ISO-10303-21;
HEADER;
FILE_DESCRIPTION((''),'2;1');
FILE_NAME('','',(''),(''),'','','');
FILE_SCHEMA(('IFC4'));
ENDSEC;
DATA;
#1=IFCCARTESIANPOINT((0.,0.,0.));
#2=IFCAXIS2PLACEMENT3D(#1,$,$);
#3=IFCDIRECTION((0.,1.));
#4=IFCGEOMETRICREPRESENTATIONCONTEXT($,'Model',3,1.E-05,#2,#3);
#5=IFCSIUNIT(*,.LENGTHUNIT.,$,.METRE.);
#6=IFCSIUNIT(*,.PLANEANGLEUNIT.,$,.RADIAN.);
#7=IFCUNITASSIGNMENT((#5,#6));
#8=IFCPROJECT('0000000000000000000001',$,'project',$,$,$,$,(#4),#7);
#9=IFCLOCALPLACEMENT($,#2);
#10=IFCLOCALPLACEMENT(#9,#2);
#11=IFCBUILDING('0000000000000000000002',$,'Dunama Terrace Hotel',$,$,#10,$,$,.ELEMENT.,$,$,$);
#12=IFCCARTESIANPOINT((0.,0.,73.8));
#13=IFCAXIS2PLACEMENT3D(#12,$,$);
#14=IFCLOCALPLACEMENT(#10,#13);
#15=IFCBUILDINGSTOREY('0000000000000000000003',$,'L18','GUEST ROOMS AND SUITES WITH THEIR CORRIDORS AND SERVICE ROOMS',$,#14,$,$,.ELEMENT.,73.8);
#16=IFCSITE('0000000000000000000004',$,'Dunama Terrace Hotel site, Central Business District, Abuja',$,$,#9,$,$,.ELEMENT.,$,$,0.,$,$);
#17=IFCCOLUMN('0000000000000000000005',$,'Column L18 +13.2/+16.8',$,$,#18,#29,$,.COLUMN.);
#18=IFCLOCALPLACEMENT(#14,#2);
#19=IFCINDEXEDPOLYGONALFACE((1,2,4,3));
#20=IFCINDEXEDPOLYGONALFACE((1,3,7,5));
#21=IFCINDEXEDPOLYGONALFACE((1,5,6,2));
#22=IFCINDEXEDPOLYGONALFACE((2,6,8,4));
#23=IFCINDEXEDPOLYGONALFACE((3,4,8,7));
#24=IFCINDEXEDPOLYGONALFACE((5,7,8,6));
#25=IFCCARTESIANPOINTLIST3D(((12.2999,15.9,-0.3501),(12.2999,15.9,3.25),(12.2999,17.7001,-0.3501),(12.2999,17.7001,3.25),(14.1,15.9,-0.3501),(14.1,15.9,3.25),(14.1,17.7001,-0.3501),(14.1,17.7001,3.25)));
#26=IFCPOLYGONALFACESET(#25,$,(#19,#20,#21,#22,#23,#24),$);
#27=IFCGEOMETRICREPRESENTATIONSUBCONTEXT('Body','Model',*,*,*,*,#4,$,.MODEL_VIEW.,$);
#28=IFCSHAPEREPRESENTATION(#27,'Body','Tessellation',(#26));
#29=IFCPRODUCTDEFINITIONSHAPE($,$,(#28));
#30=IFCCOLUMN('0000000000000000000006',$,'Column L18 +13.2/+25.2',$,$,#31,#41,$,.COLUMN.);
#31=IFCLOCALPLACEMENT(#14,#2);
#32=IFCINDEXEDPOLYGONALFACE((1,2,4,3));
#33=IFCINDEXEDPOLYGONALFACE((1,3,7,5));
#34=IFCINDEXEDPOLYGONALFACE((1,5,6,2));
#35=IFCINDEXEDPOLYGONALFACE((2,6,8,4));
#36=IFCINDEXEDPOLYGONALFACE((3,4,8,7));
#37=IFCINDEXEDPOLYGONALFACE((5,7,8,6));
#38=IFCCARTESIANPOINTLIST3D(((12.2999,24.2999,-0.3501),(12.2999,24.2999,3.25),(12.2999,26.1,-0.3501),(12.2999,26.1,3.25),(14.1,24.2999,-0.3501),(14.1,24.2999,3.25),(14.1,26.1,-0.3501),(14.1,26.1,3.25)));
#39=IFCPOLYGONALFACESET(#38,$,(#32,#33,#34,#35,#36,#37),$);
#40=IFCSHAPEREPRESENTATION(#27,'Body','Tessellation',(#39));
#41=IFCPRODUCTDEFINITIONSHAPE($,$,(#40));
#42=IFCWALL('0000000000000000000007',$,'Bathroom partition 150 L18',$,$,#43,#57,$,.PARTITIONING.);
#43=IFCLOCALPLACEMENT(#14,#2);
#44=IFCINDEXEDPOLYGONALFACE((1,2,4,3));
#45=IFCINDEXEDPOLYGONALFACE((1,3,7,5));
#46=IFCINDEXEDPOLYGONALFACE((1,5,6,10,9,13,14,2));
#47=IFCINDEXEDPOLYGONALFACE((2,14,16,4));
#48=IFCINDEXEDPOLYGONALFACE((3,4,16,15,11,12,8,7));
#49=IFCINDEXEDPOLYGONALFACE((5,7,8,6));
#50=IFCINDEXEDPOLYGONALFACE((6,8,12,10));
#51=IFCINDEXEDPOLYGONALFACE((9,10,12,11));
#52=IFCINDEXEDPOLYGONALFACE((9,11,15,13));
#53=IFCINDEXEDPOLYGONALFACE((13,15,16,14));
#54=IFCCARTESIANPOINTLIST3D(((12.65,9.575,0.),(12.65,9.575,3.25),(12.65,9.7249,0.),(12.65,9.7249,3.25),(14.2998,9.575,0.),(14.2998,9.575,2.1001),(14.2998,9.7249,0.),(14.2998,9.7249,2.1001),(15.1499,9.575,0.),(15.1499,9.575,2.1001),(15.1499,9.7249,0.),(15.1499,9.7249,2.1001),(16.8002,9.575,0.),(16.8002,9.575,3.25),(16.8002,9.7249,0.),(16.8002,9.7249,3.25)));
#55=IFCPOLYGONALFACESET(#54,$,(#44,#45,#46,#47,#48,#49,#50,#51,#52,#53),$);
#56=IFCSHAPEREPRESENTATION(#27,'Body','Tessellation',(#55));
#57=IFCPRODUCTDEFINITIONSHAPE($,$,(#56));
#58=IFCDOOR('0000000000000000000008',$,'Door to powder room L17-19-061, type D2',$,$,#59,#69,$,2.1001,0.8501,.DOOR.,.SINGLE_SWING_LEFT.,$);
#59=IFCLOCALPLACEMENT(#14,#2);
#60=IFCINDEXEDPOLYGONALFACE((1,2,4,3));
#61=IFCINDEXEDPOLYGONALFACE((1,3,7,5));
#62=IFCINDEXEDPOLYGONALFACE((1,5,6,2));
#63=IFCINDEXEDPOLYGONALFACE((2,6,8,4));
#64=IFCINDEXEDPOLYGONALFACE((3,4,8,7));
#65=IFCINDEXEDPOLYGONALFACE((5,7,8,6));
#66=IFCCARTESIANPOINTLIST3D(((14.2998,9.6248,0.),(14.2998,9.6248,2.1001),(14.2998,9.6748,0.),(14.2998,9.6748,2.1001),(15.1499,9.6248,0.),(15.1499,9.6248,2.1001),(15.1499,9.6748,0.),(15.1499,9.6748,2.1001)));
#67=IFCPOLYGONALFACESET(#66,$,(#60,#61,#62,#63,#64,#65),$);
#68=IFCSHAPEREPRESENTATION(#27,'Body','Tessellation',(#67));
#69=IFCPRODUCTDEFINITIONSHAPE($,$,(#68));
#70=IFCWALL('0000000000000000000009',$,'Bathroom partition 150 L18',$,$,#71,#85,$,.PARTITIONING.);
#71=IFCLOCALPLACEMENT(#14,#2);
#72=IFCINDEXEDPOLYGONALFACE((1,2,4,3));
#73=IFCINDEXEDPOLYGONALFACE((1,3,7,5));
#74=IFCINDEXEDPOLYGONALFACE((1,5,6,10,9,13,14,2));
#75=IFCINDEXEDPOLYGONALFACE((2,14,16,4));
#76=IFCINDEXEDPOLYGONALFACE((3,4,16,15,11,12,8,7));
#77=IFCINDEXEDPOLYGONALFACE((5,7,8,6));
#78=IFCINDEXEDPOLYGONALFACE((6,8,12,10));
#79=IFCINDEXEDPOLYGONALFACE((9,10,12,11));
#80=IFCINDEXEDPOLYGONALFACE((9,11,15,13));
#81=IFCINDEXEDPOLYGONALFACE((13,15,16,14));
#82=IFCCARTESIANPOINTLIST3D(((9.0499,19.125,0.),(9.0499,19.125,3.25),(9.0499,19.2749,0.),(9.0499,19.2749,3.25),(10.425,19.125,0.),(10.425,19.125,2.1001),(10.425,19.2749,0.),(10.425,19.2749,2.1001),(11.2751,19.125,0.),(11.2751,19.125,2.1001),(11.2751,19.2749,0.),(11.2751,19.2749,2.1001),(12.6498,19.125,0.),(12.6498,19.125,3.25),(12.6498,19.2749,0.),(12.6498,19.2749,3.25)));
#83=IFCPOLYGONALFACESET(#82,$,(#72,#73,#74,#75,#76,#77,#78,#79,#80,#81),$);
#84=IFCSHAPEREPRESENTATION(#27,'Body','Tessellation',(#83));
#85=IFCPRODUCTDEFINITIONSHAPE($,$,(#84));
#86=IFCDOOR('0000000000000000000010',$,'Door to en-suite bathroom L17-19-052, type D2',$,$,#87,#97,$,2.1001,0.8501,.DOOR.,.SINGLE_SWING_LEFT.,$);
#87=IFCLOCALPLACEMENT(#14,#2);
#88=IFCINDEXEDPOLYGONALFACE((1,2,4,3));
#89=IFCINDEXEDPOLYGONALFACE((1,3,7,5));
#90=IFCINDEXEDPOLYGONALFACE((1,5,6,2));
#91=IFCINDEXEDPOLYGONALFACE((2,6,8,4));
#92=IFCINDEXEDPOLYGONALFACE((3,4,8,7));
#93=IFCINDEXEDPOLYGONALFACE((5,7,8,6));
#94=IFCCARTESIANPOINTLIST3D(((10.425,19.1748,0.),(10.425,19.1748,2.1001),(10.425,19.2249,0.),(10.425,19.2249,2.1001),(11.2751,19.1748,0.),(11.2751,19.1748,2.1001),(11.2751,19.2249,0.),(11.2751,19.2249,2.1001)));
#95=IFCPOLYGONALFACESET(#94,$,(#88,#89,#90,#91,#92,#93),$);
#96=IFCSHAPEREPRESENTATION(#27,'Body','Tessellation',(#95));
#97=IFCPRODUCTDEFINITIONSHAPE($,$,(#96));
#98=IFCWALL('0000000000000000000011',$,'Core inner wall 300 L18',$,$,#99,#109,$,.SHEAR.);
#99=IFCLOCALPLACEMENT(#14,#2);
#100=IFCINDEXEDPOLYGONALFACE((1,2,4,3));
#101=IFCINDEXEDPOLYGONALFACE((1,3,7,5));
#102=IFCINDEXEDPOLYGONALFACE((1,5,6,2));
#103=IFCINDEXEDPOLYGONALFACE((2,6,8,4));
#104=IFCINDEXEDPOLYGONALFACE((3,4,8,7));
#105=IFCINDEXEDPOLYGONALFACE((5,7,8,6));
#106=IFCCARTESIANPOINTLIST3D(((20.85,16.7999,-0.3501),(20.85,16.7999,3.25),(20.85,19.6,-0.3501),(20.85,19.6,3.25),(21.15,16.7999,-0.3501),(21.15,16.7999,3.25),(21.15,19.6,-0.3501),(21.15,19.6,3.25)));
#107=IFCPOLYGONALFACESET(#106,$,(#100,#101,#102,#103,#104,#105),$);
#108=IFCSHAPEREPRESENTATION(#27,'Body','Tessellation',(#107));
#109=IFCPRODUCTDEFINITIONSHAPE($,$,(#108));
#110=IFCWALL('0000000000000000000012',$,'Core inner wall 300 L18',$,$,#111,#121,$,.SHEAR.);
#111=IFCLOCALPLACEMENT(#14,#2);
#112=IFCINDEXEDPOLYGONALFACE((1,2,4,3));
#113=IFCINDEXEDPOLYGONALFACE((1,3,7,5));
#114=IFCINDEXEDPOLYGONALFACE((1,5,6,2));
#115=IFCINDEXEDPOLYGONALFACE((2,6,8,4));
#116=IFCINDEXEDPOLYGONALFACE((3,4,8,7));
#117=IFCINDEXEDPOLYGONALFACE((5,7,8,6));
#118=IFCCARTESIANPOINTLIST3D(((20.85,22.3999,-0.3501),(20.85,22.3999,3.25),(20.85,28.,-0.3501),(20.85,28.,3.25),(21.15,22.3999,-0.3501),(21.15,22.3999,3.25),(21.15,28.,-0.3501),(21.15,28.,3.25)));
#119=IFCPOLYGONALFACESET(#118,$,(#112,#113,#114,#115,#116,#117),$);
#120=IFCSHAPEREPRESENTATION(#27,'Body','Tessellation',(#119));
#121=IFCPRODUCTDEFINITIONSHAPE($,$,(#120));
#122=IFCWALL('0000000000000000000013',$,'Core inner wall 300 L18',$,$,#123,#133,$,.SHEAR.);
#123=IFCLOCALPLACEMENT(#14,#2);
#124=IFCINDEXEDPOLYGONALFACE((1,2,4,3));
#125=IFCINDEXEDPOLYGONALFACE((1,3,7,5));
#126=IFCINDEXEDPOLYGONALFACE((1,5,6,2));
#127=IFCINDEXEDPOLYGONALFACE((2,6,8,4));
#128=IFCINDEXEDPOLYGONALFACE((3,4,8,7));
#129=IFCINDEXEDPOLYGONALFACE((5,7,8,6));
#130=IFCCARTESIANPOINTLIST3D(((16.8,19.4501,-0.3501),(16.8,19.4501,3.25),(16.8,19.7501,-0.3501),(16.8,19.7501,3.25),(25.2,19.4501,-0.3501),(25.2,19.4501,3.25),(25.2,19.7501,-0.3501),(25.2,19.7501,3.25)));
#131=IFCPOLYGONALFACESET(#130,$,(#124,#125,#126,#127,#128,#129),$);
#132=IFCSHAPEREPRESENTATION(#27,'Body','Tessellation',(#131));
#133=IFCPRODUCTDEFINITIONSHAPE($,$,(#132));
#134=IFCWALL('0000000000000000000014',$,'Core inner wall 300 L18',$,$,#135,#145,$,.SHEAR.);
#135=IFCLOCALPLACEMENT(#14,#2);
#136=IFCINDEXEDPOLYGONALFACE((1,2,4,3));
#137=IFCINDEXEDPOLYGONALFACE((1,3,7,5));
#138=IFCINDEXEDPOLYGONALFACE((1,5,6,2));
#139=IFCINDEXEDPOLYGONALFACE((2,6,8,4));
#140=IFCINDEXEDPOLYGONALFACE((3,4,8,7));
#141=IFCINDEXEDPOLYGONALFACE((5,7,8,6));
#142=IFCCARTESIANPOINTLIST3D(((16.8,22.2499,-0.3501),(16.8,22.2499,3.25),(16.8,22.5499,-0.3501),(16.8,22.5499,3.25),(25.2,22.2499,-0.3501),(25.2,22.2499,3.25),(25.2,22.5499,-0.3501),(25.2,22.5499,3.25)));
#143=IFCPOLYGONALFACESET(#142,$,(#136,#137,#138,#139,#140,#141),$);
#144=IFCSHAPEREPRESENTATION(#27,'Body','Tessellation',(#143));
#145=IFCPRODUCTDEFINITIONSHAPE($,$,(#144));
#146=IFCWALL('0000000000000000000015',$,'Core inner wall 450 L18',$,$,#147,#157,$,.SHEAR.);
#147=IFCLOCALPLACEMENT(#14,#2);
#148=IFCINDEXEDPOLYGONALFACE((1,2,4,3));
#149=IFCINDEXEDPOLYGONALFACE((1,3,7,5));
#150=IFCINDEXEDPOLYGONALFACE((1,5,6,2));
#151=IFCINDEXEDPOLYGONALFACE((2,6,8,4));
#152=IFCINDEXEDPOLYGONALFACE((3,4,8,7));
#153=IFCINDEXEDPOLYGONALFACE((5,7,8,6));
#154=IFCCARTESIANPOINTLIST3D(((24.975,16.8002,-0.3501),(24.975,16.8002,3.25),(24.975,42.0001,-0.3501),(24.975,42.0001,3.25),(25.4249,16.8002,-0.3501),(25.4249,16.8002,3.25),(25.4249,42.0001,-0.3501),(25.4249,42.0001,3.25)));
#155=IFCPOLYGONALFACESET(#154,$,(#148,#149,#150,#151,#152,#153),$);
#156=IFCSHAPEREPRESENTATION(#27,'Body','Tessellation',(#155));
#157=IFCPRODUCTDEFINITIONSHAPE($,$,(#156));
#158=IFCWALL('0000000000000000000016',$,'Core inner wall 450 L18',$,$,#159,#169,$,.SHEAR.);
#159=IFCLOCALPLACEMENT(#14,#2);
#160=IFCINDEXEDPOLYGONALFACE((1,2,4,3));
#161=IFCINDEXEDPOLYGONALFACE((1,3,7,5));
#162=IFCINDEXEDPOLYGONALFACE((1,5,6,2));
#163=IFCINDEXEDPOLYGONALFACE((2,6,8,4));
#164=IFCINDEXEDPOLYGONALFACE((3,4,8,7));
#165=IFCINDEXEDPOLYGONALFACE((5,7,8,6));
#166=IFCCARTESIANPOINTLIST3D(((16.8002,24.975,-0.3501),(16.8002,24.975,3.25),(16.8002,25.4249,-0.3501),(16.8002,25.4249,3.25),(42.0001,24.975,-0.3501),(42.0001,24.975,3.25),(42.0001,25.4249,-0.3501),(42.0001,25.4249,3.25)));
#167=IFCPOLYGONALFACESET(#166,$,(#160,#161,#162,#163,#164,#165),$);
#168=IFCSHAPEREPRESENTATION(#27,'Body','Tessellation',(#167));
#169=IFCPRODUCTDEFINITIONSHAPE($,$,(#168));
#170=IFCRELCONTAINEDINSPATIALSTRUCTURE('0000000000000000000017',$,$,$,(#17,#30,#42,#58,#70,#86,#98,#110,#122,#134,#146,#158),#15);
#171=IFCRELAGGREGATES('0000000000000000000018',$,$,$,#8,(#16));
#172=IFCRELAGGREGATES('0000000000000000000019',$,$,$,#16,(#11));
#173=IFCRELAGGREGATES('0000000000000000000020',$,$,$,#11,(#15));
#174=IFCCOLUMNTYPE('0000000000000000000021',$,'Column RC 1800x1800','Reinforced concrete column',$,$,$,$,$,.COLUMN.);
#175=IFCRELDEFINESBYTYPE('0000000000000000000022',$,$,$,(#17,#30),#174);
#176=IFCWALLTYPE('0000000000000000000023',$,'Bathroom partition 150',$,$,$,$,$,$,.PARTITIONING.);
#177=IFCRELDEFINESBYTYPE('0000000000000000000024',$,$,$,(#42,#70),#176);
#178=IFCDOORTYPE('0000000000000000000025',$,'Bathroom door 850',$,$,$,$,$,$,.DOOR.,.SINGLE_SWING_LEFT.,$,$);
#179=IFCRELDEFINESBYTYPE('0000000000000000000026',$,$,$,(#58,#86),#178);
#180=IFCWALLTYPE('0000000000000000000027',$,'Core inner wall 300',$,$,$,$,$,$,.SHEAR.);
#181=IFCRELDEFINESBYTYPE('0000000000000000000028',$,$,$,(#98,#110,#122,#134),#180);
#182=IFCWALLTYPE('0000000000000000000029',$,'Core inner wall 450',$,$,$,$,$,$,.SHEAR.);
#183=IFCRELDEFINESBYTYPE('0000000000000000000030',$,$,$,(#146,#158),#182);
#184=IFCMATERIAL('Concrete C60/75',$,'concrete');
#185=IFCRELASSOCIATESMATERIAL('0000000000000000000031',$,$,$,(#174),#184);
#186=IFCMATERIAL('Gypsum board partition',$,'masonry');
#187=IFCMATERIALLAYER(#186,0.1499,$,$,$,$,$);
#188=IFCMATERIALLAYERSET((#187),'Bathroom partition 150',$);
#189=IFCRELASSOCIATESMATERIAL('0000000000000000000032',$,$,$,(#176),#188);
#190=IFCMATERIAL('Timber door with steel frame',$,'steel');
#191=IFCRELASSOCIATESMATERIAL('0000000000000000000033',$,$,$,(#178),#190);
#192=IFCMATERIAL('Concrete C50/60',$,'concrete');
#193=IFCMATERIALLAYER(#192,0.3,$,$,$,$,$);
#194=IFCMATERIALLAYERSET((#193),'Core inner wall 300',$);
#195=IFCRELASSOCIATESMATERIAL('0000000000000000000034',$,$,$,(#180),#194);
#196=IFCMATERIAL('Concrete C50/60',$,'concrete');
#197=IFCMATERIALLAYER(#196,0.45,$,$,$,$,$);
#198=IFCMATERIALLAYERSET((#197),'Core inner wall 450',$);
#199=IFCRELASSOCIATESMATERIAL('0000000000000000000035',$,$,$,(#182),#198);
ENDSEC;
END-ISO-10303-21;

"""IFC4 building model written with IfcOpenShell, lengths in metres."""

from ifc_helpers import new_model, si_unit, direction, frame, frame_2d, origin, origin_2d, place, context, subcontext, project, spatial, rectangle, extrude, material, layer, layer_set, material_profile, profile_set, type_object, element, fill, save


model = new_model("IFC4")

# Units and contexts
model_context = context("Model", 3, precision=1e-05, world=origin(), true_north=direction((0.0, 1.0)))
body_context = subcontext(model_context, "Body", "Model", "MODEL_VIEW")
ifc_project = project(units=[si_unit("LENGTHUNIT", "METRE"), si_unit("PLANEANGLEUNIT", "RADIAN")], contexts=[model_context])

# Site, building, storey
site_placement = place(None, origin())
site = spatial("IfcSite", under=ifc_project, at=site_placement, Name="Dunama Terrace Hotel site, Central Business District, Abuja", CompositionType="ELEMENT", RefElevation=0.0)
building_placement = place(site_placement, origin())
building = spatial("IfcBuilding", under=site, at=building_placement, Name="Dunama Terrace Hotel", CompositionType="ELEMENT")
storey_placement = place(building_placement, frame((0.0, 0.0, 73.8)))
storey = spatial("IfcBuildingStorey", under=building, at=storey_placement, Name="L18", Description="GUEST ROOMS AND SUITES WITH THEIR CORRIDORS AND SERVICE ROOMS", CompositionType="ELEMENT", Elevation=73.8)

# Columns
ifc_material_1 = material(Name="Concrete C60/75", Category="concrete")
ifc_material_profile = material_profile(ifc_material_1, rectangle(XDim=1.8, YDim=1.8, at=origin_2d()), Name="RC 1800x1800")
ifc_profile_set = profile_set([ifc_material_profile], Name="Concrete C60/75")
column_type = type_object("IfcColumnType", Name="Column RC 1800x1800", Description="Reinforced concrete column", PredefinedType="COLUMN", material=ifc_profile_set)
for number, where, z_axis, x_axis, name in (
    (1, (13.2, 16.8, -0.3501), (0.0, 0.0, 1.0), (1.0, 0.0, 0.0), "Column L18 +13.2/+16.8"),
    (2, (13.2, 25.2, -0.3501), (0.0, 0.0, 1.0), (1.0, 0.0, 0.0), "Column L18 +13.2/+25.2"),
):
    element("IfcColumn", number, at=place(storey_placement, frame(where, z_axis=z_axis, x_axis=x_axis)), inside=storey, type_object=column_type, Name=name, PredefinedType="COLUMN", context=body_context, shape_type="SweptSolid", body=[
        extrude(rectangle(XDim=1.8, YDim=1.8, at=origin_2d()), origin(), (0.0, 0.0, 1.0), 3.6001),
    ])

# Walls, openings, doors
ifc_material_2 = material(Name="Gypsum board partition", Category="masonry")
ifc_layer_1 = layer(ifc_material_2, 0.1499)
ifc_layer_set_1 = layer_set([ifc_layer_1], Name="Bathroom partition 150")
wall_type_1 = type_object("IfcWallType", Name="Bathroom partition 150", PredefinedType="PARTITIONING", material=ifc_layer_set_1)
wall_1_placement = place(storey_placement, frame((12.6499, 9.6499, 0.0), z_axis=(0.0, 0.0, 1.0), x_axis=(1.0, 0.0, 0.0)))
wall_1 = element("IfcWall", 3, at=wall_1_placement, inside=storey, type_object=wall_type_1, Name="Bathroom partition 150 L18", PredefinedType="PARTITIONING", context=body_context, shape_type="SweptSolid", body=[
    extrude(rectangle(XDim=4.1501, YDim=0.1499, at=frame_2d((2.0752, 0.0))), origin(), (0.0, 0.0, 1.0), 3.25),
])
opening_1_placement = place(wall_1_placement, frame((1.6499, 0.0, 0.0)))
opening_1 = element("IfcOpeningElement", 4, at=opening_1_placement, cuts=wall_1, PredefinedType="OPENING", context=body_context, shape_type="SweptSolid", body=[
    extrude(rectangle(XDim=0.8501, YDim=2.1001, at=frame_2d((0.425, 1.05))), frame((0.0, 0.085, 0.0), z_axis=(0.0, -1.0, 0.0), x_axis=(1.0, 0.0, 0.0)), (0.0, 0.0, 1.0), 0.1699),
])
ifc_material_3 = material(Name="Timber door with steel frame", Category="steel")
door_type_1 = type_object("IfcDoorType", Name="Bathroom door 850", OperationType="SINGLE_SWING_LEFT", PredefinedType="DOOR", material=ifc_material_3)
door_1_placement = place(opening_1_placement, origin())
door_1 = element("IfcDoor", 5, at=door_1_placement, inside=storey, type_object=door_type_1, Name="Door to powder room L17-19-061, type D2", OperationType="SINGLE_SWING_LEFT", OverallHeight=2.1001, OverallWidth=0.8501, PredefinedType="DOOR", context=body_context, shape_type="SweptSolid", body=[
    extrude(rectangle(XDim=0.8501, YDim=2.1001, at=frame_2d((0.425, 1.05))), frame((0.0, 0.0249, 0.0), z_axis=(0.0, -1.0, 0.0), x_axis=(1.0, 0.0, 0.0)), (0.0, 0.0, 1.0), 0.05),
])
fill(opening_1, door_1)
wall_2_placement = place(storey_placement, frame((9.05, 19.2, 0.0), z_axis=(0.0, 0.0, 1.0), x_axis=(1.0, 0.0, 0.0)))
wall_2 = element("IfcWall", 6, at=wall_2_placement, inside=storey, type_object=wall_type_1, Name="Bathroom partition 150 L18", PredefinedType="PARTITIONING", context=body_context, shape_type="SweptSolid", body=[
    extrude(rectangle(XDim=3.5999, YDim=0.1499, at=frame_2d((1.7998, 0.0))), origin(), (0.0, 0.0, 1.0), 3.25),
])
opening_2_placement = place(wall_2_placement, frame((1.375, 0.0, 0.0)))
opening_2 = element("IfcOpeningElement", 7, at=opening_2_placement, cuts=wall_2, PredefinedType="OPENING", context=body_context, shape_type="SweptSolid", body=[
    extrude(rectangle(XDim=0.8501, YDim=2.1001, at=frame_2d((0.425, 1.05))), frame((0.0, 0.085, 0.0), z_axis=(0.0, -1.0, 0.0), x_axis=(1.0, 0.0, 0.0)), (0.0, 0.0, 1.0), 0.1699),
])
door_2_placement = place(opening_2_placement, frame((0.8501, 0.0, 0.0), z_axis=(0.0, 0.0, 1.0), x_axis=(-1.0, 0.0, 0.0)))
door_2 = element("IfcDoor", 8, at=door_2_placement, inside=storey, type_object=door_type_1, Name="Door to en-suite bathroom L17-19-052, type D2", OperationType="SINGLE_SWING_LEFT", OverallHeight=2.1001, OverallWidth=0.8501, PredefinedType="DOOR", context=body_context, shape_type="SweptSolid", body=[
    extrude(rectangle(XDim=0.8501, YDim=2.1001, at=frame_2d((0.425, 1.05))), frame((0.0, 0.0251, 0.0), z_axis=(0.0, -1.0, 0.0), x_axis=(1.0, 0.0, 0.0)), (0.0, 0.0, 1.0), 0.05),
])
fill(opening_2, door_2)

# Walls
ifc_material_4 = material(Name="Concrete C50/60", Category="concrete")
ifc_layer_2 = layer(ifc_material_4, 0.3)
ifc_layer_set_2 = layer_set([ifc_layer_2], Name="Core inner wall 300")
wall_type_2 = type_object("IfcWallType", Name="Core inner wall 300", PredefinedType="SHEAR", material=ifc_layer_set_2)
wall_3_placement = place(storey_placement, frame((21.0, 16.8, -0.3501), z_axis=(0.0, 0.0, 1.0), x_axis=(0.0, 1.0, 0.0)))
element("IfcWall", 9, at=wall_3_placement, inside=storey, type_object=wall_type_2, Name="Core inner wall 300 L18", PredefinedType="SHEAR", context=body_context, shape_type="SweptSolid", body=[
    extrude(rectangle(XDim=2.8, YDim=0.3, at=frame_2d((1.3999, 0.0))), origin(), (0.0, 0.0, 1.0), 3.6001),
])
wall_4_placement = place(storey_placement, frame((21.0, 22.3999, -0.3501), z_axis=(0.0, 0.0, 1.0), x_axis=(0.0, 1.0, 0.0)))
element("IfcWall", 10, at=wall_4_placement, inside=storey, type_object=wall_type_2, Name="Core inner wall 300 L18", PredefinedType="SHEAR", context=body_context, shape_type="SweptSolid", body=[
    extrude(rectangle(XDim=5.6001, YDim=0.3, at=frame_2d((2.8, 0.0))), origin(), (0.0, 0.0, 1.0), 3.6001),
])
for number, where, z_axis, x_axis, name in (
    (11, (16.8, 19.6001, -0.3501), (0.0, 0.0, 1.0), (1.0, 0.0, 0.0), "Core inner wall 300 L18"),
    (12, (16.8, 22.3999, -0.3501), (0.0, 0.0, 1.0), (1.0, 0.0, 0.0), "Core inner wall 300 L18"),
):
    element("IfcWall", number, at=place(storey_placement, frame(where, z_axis=z_axis, x_axis=x_axis)), inside=storey, type_object=wall_type_2, Name=name, PredefinedType="SHEAR", context=body_context, shape_type="SweptSolid", body=[
        extrude(rectangle(XDim=8.3999, YDim=0.3, at=frame_2d((4.2, 0.0))), origin(), (0.0, 0.0, 1.0), 3.6001),
    ])
ifc_material_5 = material(Name="Concrete C50/60", Category="concrete")
ifc_layer_3 = layer(ifc_material_5, 0.45)
ifc_layer_set_3 = layer_set([ifc_layer_3], Name="Core inner wall 450")
wall_type_3 = type_object("IfcWallType", Name="Core inner wall 450", PredefinedType="SHEAR", material=ifc_layer_set_3)
for number, where, z_axis, x_axis, name in (
    (13, (25.2, 16.8, -0.3501), (0.0, 0.0, 1.0), (0.0, 1.0, 0.0), "Core inner wall 450 L18"),
    (14, (16.8, 25.2, -0.3501), (0.0, 0.0, 1.0), (1.0, 0.0, 0.0), "Core inner wall 450 L18"),
):
    element("IfcWall", number, at=place(storey_placement, frame(where, z_axis=z_axis, x_axis=x_axis)), inside=storey, type_object=wall_type_3, Name=name, PredefinedType="SHEAR", context=body_context, shape_type="SweptSolid", body=[
        extrude(rectangle(XDim=25.2, YDim=0.45, at=frame_2d((12.6001, 0.0))), origin(), (0.0, 0.0, 1.0), 3.6001),
    ])

save(model, "model.ifc")
